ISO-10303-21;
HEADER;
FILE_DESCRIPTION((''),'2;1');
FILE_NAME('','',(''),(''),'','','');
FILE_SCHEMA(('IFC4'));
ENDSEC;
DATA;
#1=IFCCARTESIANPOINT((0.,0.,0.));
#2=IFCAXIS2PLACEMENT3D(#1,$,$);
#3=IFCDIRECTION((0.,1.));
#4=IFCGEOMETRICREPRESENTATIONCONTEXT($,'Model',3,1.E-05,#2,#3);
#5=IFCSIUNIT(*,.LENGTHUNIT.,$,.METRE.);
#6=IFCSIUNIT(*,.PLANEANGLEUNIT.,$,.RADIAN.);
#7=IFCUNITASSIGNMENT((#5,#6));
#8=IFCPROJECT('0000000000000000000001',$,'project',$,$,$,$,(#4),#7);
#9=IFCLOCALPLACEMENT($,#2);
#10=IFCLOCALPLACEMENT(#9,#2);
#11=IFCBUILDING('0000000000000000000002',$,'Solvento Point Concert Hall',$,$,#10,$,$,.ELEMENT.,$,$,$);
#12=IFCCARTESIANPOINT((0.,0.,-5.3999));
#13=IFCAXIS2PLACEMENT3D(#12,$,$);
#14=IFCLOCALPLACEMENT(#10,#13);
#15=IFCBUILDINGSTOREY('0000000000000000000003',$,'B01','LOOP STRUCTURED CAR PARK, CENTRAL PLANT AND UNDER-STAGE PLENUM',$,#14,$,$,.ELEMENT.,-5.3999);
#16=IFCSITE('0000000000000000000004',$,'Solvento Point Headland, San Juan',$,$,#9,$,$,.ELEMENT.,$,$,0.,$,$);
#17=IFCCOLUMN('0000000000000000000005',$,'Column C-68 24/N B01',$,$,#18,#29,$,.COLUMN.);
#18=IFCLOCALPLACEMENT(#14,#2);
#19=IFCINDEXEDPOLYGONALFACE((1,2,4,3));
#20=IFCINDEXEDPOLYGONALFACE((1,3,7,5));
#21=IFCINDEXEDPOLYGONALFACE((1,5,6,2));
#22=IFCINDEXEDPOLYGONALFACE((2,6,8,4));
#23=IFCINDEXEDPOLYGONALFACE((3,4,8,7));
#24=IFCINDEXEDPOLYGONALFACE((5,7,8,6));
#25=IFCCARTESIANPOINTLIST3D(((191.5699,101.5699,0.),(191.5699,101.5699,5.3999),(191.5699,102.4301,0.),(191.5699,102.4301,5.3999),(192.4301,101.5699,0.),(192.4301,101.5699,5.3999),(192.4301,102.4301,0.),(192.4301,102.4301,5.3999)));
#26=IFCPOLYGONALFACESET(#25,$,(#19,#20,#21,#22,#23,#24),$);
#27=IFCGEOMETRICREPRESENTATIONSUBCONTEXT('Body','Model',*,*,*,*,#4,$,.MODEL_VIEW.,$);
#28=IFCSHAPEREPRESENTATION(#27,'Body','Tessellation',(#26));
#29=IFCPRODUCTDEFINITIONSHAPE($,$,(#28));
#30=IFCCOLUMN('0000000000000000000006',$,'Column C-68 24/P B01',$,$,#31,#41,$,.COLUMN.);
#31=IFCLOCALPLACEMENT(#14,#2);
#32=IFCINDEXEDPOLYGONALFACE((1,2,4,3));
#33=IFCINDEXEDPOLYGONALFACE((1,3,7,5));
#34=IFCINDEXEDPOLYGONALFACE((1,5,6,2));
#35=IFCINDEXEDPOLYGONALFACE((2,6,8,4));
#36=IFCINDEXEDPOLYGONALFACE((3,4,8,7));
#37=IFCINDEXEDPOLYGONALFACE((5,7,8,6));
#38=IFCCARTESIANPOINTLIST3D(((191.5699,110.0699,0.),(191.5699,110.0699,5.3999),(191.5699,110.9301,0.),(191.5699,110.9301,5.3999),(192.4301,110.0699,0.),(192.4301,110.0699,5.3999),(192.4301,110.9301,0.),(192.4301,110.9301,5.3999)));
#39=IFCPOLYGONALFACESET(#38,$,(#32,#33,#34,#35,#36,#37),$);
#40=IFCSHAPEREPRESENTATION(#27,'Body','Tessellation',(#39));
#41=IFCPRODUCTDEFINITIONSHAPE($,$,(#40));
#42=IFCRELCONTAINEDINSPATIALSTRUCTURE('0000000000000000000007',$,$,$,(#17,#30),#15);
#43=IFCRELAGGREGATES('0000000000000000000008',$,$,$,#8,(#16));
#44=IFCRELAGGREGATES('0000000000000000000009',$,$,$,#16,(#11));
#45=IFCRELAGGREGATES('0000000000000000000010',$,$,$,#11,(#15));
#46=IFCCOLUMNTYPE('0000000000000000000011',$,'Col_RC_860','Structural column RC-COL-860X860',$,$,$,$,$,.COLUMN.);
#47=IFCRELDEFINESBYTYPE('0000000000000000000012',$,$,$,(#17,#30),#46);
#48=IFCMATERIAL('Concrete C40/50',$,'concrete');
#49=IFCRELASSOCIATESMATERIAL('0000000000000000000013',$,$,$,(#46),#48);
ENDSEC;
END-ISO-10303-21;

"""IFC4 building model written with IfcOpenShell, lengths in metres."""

from ifc_helpers import new_model, si_unit, direction, frame, origin, origin_2d, place, context, subcontext, project, spatial, rectangle, extrude, material, material_profile, profile_set, type_object, element, save


model = new_model("IFC4")

# Units and contexts
model_context = context("Model", 3, precision=1e-05, world=origin(), true_north=direction((0.0, 1.0)))
body_context = subcontext(model_context, "Body", "Model", "MODEL_VIEW")
ifc_project = project(units=[si_unit("LENGTHUNIT", "METRE"), si_unit("PLANEANGLEUNIT", "RADIAN")], contexts=[model_context])

# Site, building, storey
site_placement = place(None, origin())
site = spatial("IfcSite", under=ifc_project, at=site_placement, Name="Solvento Point Headland, San Juan", CompositionType="ELEMENT", RefElevation=0.0)
building_placement = place(site_placement, origin())
building = spatial("IfcBuilding", under=site, at=building_placement, Name="Solvento Point Concert Hall", CompositionType="ELEMENT")
storey_placement = place(building_placement, frame((0.0, 0.0, -5.3999)))
storey = spatial("IfcBuildingStorey", under=building, at=storey_placement, Name="B01", Description="LOOP STRUCTURED CAR PARK, CENTRAL PLANT AND UNDER-STAGE PLENUM", CompositionType="ELEMENT", Elevation=-5.3999)

# Columns
ifc_material_1 = material(Name="Concrete C40/50", Category="concrete")
ifc_material_profile_1 = material_profile(ifc_material_1, rectangle(XDim=0.8601, YDim=0.8601, at=origin_2d()), Name="RC-COL-860X860")
ifc_profile_set_1 = profile_set([ifc_material_profile_1], Name="Concrete C40/50")
column_type = type_object("IfcColumnType", Name="Col_RC_860", Description="Structural column RC-COL-860X860", PredefinedType="COLUMN", material=ifc_profile_set_1)
for number, where, z_axis, x_axis, name in (
    (1, (192.0, 102.0, 0.0), (0.0, 0.0, 1.0), (1.0, 0.0, 0.0), "Column C-68 24/N B01"),
    (2, (192.0, 110.5, 0.0), (0.0, 0.0, 1.0), (1.0, 0.0, 0.0), "Column C-68 24/P B01"),
):
    element("IfcColumn", number, at=place(storey_placement, frame(where, z_axis=z_axis, x_axis=x_axis)), inside=storey, type_object=column_type, Name=name, PredefinedType="COLUMN", context=body_context, shape_type="SweptSolid", body=[
        extrude(rectangle(XDim=0.8601, YDim=0.8601, at=origin_2d()), origin(), (0.0, 0.0, 1.0), 5.3999),
    ])

save(model, "model.ifc")
